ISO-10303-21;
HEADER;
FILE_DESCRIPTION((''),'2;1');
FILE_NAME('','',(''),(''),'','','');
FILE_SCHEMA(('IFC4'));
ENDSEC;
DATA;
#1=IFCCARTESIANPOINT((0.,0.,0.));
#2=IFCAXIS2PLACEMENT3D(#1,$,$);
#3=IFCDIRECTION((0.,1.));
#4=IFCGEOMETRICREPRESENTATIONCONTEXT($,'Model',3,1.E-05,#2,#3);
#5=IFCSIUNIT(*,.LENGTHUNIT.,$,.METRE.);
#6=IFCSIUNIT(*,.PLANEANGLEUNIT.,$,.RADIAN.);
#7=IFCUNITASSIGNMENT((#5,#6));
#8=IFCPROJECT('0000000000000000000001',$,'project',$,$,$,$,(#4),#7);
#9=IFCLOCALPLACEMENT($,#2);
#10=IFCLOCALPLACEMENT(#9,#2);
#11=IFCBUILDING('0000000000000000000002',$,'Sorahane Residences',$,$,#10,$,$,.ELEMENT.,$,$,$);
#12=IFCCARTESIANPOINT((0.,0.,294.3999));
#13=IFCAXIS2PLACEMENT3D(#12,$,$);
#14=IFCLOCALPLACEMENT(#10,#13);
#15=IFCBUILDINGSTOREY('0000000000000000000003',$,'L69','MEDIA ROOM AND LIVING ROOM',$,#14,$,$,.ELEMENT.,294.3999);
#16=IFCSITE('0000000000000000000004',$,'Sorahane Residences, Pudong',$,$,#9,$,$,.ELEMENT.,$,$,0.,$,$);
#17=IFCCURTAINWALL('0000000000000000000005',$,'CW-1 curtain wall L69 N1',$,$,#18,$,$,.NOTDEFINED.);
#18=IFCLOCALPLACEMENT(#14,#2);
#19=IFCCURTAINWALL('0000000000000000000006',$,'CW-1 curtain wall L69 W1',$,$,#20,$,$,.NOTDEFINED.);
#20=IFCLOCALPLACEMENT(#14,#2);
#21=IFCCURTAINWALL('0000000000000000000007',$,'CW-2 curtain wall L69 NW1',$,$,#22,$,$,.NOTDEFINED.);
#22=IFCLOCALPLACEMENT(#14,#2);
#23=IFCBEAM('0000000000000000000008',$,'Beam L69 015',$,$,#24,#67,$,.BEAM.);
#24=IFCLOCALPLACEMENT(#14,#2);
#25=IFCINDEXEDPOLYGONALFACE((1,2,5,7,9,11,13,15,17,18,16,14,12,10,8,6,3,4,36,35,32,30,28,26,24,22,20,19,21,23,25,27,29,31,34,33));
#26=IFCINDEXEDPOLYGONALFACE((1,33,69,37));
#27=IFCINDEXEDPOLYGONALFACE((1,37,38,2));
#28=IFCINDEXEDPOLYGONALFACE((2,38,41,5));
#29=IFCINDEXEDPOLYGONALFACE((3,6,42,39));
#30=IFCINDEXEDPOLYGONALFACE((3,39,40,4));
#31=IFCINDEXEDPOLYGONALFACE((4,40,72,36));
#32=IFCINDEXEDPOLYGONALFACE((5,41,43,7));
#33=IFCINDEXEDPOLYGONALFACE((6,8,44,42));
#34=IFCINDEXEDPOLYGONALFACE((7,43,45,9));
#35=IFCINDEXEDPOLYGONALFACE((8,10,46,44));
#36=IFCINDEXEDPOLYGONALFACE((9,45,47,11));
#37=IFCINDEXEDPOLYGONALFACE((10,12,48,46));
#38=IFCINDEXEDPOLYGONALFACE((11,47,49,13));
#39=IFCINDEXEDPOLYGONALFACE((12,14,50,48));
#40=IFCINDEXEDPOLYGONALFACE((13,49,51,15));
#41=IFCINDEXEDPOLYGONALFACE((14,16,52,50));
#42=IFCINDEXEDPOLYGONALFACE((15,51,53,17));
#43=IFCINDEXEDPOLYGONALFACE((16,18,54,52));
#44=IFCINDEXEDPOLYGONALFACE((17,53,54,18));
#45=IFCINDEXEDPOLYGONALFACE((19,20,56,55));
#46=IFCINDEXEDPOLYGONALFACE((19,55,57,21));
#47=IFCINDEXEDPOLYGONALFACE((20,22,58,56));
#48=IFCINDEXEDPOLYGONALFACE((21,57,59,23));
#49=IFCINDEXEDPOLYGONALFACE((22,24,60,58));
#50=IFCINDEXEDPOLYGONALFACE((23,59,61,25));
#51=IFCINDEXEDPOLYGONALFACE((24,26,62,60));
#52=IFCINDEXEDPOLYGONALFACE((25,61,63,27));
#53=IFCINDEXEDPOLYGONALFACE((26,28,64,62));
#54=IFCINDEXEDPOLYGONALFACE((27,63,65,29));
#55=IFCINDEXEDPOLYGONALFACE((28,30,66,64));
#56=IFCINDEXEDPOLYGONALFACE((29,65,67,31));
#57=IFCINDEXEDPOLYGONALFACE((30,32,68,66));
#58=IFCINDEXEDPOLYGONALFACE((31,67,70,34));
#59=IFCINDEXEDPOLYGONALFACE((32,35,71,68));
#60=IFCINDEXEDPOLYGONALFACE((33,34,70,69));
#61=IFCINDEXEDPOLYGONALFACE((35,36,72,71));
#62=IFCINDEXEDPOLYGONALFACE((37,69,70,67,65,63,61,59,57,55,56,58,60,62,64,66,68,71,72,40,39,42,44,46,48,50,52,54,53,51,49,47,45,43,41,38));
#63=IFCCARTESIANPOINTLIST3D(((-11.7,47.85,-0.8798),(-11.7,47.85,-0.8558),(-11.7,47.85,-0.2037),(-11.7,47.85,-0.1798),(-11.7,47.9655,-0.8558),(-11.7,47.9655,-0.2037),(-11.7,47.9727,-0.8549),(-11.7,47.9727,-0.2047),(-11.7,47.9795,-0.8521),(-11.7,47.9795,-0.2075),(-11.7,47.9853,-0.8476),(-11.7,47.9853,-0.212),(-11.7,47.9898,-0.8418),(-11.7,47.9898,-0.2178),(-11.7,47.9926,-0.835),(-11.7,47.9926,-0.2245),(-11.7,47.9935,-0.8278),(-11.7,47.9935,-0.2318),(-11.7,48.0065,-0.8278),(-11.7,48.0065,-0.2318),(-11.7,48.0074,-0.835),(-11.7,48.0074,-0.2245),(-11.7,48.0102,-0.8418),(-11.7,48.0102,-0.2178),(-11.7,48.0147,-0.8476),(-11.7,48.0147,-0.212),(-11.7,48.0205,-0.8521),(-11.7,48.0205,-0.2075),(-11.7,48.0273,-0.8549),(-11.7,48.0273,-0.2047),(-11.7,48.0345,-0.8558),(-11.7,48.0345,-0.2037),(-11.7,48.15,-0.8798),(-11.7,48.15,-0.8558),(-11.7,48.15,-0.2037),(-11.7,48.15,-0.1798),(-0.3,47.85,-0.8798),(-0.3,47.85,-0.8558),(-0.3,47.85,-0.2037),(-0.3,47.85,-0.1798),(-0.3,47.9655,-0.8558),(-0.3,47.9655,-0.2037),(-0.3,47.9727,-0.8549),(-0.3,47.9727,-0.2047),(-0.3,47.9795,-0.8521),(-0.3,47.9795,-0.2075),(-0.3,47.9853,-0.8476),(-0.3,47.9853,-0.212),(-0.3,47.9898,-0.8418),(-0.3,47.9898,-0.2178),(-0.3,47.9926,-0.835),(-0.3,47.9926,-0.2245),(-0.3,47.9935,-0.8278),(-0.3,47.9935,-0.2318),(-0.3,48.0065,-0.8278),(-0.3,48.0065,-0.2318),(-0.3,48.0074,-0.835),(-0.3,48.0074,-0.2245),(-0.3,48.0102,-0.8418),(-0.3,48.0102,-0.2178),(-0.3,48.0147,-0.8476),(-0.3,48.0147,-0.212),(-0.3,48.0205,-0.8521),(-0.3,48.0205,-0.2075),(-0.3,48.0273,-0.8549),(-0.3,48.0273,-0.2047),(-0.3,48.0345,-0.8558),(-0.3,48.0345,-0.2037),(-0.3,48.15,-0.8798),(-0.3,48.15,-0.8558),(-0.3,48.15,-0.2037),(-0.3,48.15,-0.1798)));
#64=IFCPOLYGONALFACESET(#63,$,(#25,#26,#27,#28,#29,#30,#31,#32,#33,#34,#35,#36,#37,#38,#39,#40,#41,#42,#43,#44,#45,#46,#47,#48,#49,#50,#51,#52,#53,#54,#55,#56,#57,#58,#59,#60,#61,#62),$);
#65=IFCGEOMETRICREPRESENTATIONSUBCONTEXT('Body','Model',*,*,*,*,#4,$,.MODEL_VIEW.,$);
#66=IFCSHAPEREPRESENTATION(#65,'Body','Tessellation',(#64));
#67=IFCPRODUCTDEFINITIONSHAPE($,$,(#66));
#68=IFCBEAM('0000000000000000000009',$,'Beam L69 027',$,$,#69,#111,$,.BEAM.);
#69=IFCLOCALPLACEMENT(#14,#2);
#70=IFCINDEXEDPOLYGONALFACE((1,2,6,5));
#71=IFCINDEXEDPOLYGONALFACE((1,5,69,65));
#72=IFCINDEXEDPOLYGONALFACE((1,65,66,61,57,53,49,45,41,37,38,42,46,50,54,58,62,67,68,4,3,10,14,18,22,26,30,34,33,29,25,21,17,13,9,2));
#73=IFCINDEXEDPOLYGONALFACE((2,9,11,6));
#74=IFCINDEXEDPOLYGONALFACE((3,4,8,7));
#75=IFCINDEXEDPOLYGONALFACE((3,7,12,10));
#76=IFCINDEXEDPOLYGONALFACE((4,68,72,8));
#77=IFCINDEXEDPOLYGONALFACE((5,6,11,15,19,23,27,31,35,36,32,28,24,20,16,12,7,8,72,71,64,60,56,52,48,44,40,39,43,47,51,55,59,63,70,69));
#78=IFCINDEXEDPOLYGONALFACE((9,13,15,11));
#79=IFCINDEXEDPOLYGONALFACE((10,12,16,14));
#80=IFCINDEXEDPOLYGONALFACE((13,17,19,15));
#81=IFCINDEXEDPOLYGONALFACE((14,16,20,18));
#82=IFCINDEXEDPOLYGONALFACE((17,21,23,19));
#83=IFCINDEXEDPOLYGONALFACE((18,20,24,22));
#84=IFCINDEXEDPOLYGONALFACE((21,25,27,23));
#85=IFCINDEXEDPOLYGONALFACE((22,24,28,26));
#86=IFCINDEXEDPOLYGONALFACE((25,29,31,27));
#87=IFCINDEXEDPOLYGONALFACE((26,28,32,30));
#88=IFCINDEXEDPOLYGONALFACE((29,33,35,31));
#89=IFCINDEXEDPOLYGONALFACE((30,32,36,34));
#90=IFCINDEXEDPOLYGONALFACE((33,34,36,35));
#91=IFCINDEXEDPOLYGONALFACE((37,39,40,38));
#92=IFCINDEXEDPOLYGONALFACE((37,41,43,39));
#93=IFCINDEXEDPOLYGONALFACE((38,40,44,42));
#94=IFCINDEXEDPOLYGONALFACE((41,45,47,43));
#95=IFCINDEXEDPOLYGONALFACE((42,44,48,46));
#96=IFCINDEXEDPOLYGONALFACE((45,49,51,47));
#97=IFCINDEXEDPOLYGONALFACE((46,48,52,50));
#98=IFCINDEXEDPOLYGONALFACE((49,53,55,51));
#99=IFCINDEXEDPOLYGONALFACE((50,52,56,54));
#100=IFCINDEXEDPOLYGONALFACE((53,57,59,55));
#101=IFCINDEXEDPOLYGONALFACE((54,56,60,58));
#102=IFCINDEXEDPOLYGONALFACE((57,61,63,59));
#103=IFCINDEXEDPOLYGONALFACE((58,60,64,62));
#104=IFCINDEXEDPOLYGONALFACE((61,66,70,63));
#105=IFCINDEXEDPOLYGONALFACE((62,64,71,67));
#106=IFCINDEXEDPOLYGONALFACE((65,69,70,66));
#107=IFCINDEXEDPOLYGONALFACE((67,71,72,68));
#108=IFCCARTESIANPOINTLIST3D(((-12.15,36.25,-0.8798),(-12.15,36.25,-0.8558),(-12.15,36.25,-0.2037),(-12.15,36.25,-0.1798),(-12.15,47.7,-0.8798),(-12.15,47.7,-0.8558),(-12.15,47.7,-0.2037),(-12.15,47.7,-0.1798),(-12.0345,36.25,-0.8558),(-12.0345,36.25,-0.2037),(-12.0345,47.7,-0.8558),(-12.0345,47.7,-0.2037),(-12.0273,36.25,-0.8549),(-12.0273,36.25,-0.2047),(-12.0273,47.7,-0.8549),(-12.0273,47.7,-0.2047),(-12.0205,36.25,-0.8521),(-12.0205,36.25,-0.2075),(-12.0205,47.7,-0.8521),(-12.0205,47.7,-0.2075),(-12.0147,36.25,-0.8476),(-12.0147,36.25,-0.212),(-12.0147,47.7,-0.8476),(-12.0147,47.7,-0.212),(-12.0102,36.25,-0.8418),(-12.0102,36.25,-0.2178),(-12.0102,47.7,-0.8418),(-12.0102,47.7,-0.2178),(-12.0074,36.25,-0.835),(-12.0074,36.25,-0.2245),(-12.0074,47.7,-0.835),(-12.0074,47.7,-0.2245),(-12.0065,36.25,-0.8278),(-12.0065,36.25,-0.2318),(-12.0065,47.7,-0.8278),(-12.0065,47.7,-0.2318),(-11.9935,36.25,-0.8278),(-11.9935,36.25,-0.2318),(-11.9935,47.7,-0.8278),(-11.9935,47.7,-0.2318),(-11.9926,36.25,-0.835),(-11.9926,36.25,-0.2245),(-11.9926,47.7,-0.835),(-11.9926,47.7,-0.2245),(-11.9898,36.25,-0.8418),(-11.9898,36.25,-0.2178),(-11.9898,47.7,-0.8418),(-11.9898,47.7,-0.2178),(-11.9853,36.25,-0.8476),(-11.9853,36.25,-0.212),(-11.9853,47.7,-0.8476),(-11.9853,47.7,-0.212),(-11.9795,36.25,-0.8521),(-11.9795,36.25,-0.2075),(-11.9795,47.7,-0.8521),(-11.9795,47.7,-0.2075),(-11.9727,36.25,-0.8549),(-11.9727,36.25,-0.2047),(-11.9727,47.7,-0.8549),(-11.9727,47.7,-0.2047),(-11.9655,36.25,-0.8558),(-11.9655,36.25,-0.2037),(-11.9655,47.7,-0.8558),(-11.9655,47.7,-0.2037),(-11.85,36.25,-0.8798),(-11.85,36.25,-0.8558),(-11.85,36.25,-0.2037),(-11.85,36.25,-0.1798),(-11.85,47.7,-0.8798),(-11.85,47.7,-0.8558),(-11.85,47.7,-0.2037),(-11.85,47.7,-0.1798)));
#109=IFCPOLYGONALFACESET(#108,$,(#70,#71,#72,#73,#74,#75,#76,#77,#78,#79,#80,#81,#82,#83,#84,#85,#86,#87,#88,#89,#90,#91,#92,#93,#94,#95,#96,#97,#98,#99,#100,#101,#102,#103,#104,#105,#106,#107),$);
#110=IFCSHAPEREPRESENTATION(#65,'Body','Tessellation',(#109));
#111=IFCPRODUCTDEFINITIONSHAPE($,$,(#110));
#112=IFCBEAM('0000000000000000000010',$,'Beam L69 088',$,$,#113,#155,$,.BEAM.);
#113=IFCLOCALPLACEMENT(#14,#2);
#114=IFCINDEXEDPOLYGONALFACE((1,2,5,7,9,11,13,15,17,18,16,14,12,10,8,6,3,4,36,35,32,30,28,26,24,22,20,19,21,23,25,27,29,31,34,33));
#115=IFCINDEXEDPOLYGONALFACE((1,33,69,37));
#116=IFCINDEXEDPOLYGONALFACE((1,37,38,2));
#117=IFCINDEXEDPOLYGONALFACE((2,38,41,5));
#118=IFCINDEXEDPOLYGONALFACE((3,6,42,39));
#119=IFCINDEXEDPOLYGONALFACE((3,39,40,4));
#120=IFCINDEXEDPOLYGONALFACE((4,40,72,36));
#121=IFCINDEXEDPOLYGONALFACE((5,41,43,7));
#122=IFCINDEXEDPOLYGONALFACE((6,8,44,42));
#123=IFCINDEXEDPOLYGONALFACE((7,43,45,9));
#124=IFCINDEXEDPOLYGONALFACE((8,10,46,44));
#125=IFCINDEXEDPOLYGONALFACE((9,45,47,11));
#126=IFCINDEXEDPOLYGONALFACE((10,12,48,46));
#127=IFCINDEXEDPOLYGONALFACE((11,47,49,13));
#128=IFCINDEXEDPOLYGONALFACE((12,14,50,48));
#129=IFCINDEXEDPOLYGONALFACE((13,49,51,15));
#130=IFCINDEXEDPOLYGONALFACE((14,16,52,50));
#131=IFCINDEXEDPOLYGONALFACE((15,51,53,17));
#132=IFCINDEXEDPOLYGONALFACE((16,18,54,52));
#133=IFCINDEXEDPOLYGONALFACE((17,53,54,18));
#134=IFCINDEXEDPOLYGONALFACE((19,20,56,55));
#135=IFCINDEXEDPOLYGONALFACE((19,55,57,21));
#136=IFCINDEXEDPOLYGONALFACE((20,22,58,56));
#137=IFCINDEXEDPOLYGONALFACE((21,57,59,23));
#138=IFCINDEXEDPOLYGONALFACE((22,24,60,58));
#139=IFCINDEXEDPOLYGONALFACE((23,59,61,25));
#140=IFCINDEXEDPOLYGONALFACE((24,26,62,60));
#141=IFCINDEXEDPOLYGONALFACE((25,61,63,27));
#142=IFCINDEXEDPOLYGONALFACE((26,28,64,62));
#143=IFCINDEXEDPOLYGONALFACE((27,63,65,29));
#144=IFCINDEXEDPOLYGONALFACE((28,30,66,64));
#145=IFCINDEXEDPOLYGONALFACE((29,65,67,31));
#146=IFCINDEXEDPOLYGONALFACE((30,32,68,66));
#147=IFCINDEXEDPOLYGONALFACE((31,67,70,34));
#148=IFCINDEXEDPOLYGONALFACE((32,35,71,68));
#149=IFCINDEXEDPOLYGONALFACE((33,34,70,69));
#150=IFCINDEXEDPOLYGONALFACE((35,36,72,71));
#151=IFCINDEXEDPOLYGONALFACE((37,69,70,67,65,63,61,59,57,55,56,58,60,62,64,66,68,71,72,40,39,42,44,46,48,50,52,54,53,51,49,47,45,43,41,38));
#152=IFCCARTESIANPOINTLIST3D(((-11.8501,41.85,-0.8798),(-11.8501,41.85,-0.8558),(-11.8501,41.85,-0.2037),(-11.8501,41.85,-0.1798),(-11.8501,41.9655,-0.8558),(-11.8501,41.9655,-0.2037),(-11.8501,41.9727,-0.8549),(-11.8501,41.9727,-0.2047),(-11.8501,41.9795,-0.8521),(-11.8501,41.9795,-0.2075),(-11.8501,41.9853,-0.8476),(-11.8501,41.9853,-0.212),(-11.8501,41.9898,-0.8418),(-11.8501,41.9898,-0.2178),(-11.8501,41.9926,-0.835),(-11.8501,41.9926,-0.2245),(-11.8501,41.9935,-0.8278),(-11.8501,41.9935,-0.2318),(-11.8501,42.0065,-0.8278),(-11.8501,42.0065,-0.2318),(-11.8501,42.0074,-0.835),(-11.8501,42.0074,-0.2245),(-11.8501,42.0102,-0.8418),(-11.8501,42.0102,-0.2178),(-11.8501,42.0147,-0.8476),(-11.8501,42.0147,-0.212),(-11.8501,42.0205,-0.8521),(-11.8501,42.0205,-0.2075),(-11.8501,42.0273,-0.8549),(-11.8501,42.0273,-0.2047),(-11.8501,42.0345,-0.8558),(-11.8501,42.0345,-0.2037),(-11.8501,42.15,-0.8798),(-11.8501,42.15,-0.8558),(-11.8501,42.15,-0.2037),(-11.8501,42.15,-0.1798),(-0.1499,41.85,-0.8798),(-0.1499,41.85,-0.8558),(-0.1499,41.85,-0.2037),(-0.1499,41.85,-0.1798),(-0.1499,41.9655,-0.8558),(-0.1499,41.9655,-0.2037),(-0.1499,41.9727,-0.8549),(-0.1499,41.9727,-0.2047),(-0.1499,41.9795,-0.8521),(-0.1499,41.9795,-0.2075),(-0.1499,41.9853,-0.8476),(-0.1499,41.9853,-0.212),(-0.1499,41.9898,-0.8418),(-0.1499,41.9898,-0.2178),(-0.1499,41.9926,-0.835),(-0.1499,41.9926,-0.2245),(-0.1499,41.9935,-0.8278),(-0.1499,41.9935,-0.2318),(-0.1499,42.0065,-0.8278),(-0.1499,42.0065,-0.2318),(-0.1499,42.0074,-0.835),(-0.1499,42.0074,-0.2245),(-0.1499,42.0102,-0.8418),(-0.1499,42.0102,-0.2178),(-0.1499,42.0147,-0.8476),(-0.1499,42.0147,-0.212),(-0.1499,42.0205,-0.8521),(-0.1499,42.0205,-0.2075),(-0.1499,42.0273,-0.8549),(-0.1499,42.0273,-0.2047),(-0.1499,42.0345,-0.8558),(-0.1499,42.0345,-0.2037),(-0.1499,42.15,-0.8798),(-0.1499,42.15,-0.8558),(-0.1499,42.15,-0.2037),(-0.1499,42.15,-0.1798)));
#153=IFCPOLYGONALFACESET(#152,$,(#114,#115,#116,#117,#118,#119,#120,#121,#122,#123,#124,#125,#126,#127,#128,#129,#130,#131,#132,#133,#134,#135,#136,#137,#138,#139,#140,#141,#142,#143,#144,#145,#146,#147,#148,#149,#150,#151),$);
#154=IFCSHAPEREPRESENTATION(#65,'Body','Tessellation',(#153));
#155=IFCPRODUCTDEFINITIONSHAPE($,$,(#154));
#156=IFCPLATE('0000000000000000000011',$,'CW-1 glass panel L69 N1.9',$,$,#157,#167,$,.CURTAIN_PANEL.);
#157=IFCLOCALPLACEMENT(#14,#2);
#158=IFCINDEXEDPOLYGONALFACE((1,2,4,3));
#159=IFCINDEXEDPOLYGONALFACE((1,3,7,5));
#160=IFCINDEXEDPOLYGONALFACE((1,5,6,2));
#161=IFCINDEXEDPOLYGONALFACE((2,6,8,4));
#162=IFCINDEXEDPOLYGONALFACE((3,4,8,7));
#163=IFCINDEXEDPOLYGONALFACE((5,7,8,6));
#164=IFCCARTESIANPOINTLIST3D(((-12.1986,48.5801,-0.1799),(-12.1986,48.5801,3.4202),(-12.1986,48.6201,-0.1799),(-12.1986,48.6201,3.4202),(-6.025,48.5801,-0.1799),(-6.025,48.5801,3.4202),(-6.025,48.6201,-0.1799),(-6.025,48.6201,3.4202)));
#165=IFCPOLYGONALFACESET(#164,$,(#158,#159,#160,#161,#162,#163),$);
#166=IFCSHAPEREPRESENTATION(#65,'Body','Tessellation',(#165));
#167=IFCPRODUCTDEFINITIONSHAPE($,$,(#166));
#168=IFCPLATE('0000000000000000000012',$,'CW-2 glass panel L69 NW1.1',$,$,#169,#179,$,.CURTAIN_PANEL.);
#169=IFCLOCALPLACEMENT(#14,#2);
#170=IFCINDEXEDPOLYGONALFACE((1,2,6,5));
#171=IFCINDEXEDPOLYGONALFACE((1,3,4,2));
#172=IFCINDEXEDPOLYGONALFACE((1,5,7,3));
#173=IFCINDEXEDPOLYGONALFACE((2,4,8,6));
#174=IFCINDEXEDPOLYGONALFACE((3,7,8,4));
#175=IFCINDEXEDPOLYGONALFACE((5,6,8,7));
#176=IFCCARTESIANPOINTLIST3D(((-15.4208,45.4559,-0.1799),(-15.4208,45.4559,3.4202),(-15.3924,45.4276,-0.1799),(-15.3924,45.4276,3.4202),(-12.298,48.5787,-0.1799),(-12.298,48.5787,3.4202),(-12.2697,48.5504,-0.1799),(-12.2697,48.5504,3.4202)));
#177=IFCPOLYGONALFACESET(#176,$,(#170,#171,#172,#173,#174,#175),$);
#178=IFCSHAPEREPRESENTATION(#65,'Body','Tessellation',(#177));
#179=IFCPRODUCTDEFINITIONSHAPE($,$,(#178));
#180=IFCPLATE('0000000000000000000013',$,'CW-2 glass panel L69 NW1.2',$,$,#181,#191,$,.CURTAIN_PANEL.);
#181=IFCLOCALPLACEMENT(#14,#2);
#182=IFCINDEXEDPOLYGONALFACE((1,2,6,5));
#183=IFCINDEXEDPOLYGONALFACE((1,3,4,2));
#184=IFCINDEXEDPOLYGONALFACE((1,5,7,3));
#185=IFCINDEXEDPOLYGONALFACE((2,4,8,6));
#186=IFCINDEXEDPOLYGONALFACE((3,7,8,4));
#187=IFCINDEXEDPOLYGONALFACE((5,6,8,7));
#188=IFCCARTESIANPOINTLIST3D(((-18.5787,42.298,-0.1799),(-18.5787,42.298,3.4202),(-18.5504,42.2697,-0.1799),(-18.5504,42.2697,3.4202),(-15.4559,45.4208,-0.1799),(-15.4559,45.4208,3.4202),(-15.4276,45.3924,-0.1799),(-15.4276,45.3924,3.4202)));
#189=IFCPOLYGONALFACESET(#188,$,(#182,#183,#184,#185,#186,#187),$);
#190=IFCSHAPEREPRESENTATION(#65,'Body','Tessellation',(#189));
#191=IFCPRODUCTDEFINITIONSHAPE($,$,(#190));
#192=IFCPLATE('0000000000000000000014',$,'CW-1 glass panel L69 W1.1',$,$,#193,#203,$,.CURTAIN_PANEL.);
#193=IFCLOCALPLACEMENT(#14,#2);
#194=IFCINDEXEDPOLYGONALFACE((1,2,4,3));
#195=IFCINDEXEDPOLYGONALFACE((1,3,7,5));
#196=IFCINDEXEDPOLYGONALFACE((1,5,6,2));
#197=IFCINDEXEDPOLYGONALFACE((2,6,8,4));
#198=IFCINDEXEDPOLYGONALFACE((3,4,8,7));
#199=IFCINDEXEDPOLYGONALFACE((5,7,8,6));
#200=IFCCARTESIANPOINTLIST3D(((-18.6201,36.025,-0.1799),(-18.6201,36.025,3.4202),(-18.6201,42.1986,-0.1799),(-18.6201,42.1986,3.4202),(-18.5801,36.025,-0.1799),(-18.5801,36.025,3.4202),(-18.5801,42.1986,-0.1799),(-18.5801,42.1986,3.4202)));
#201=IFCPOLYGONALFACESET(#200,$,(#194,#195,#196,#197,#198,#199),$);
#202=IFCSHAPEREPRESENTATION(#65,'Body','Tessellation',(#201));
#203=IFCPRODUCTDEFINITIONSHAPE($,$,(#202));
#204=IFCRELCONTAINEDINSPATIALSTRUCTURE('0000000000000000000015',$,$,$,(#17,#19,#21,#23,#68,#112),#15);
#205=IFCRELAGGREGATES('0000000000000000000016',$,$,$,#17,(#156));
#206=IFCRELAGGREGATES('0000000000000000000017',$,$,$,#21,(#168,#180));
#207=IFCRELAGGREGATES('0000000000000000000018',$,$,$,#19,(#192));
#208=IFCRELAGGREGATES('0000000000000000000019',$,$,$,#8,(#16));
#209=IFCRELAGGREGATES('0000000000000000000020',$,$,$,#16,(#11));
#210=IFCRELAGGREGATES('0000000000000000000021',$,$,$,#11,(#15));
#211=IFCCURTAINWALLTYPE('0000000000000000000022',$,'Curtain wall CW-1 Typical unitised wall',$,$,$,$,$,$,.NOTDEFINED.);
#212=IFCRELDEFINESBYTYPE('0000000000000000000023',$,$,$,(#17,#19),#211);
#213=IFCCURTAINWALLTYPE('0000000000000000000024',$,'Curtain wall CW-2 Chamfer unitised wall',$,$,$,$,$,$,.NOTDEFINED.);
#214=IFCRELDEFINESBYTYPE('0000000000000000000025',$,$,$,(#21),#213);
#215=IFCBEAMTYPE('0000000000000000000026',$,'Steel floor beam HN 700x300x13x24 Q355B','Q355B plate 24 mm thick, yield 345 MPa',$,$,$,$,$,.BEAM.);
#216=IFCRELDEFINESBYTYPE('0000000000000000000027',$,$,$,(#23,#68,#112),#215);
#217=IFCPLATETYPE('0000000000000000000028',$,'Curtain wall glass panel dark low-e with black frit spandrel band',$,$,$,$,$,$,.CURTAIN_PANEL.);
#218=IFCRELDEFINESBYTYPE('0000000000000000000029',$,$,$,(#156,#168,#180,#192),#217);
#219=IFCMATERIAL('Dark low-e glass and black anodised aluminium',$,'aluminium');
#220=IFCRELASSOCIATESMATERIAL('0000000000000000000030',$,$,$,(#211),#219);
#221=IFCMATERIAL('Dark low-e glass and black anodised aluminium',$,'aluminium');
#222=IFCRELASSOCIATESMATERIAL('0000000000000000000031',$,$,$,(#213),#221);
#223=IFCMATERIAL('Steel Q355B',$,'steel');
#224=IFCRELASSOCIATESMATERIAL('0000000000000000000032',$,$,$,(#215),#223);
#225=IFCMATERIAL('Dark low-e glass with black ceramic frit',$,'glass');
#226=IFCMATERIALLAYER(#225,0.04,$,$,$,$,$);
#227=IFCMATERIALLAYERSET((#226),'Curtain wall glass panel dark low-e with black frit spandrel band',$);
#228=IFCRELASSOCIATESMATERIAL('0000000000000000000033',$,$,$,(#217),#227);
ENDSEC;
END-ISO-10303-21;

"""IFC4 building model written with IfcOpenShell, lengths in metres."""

from ifc_helpers import new_model, si_unit, direction, frame, origin, origin_2d, place, context, subcontext, project, spatial, rectangle, i_section, extrude, material, layer, layer_set, material_profile, profile_set, type_object, element, aggregate, save


model = new_model("IFC4")

# Units and contexts
model_context = context("Model", 3, precision=1e-05, world=origin(), true_north=direction((0.0, 1.0)))
body_context = subcontext(model_context, "Body", "Model", "MODEL_VIEW")
ifc_project = project(units=[si_unit("LENGTHUNIT", "METRE"), si_unit("PLANEANGLEUNIT", "RADIAN")], contexts=[model_context])

# Site, building, storey
site_placement = place(None, origin())
site = spatial("IfcSite", under=ifc_project, at=site_placement, Name="Sorahane Residences, Pudong", CompositionType="ELEMENT", RefElevation=0.0)
building_placement = place(site_placement, origin())
building = spatial("IfcBuilding", under=site, at=building_placement, Name="Sorahane Residences", CompositionType="ELEMENT")
storey_placement = place(building_placement, frame((0.0, 0.0, 294.3999)))
storey = spatial("IfcBuildingStorey", under=building, at=storey_placement, Name="L69", Description="MEDIA ROOM AND LIVING ROOM", CompositionType="ELEMENT", Elevation=294.3999)

# Curtain walls
ifc_material_1 = material(Name="Dark low-e glass and black anodised aluminium", Category="aluminium")
curtain_wall_type_1 = type_object("IfcCurtainWallType", Name="Curtain wall CW-1 Typical unitised wall", PredefinedType="NOTDEFINED", material=ifc_material_1)
curtain_wall_1_placement = place(storey_placement, origin())
curtain_wall_1 = element("IfcCurtainWall", 1, at=curtain_wall_1_placement, inside=storey, type_object=curtain_wall_type_1, Name="CW-1 curtain wall L69 N1", PredefinedType="NOTDEFINED")
curtain_wall_2_placement = place(storey_placement, origin())
curtain_wall_2 = element("IfcCurtainWall", 2, at=curtain_wall_2_placement, inside=storey, type_object=curtain_wall_type_1, Name="CW-1 curtain wall L69 W1", PredefinedType="NOTDEFINED")

# Curtain wall
ifc_material_2 = material(Name="Dark low-e glass and black anodised aluminium", Category="aluminium")
curtain_wall_type_2 = type_object("IfcCurtainWallType", Name="Curtain wall CW-2 Chamfer unitised wall", PredefinedType="NOTDEFINED", material=ifc_material_2)
curtain_wall_3_placement = place(storey_placement, origin())
curtain_wall_3 = element("IfcCurtainWall", 3, at=curtain_wall_3_placement, inside=storey, type_object=curtain_wall_type_2, Name="CW-2 curtain wall L69 NW1", PredefinedType="NOTDEFINED")

# Beams
ifc_material_3 = material(Name="Steel Q355B", Category="steel")
ifc_material_profile_1 = material_profile(ifc_material_3, i_section(OverallWidth=0.3, OverallDepth=0.7, WebThickness=0.0129, FlangeThickness=0.0239, FilletRadius=0.0281, at=origin_2d()), Name="HN 700x300x13x24")
ifc_profile_set_1 = profile_set([ifc_material_profile_1], Name="Steel Q355B")
beam_type_1 = type_object("IfcBeamType", Name="Steel floor beam HN 700x300x13x24 Q355B", Description="Q355B plate 24 mm thick, yield 345 MPa", PredefinedType="BEAM", material=ifc_profile_set_1)
beam_1_placement = place(storey_placement, frame((-11.7, 48.0, -0.5298), z_axis=(1.0, 0.0, 0.0), x_axis=(0.0, 1.0, 0.0)))
element("IfcBeam", 4, at=beam_1_placement, inside=storey, type_object=beam_type_1, Name="Beam L69 015", PredefinedType="BEAM", context=body_context, shape_type="SweptSolid", body=[
    extrude(i_section(OverallWidth=0.3, OverallDepth=0.7, WebThickness=0.0129, FlangeThickness=0.0239, FilletRadius=0.0281, at=origin_2d()), origin(), (0.0, 0.0, 1.0), 11.3999),
])
beam_2_placement = place(storey_placement, frame((-12.0, 36.25, -0.5298), z_axis=(0.0, 1.0, 0.0), x_axis=(-1.0, 0.0, 0.0)))
element("IfcBeam", 5, at=beam_2_placement, inside=storey, type_object=beam_type_1, Name="Beam L69 027", PredefinedType="BEAM", context=body_context, shape_type="SweptSolid", body=[
    extrude(i_section(OverallWidth=0.3, OverallDepth=0.7, WebThickness=0.0129, FlangeThickness=0.0239, FilletRadius=0.0281, at=origin_2d()), origin(), (0.0, 0.0, 1.0), 11.45),
])
beam_3_placement = place(storey_placement, frame((-11.8501, 42.0, -0.5298), z_axis=(1.0, 0.0, 0.0), x_axis=(0.0, 1.0, 0.0)))
element("IfcBeam", 6, at=beam_3_placement, inside=storey, type_object=beam_type_1, Name="Beam L69 088", PredefinedType="BEAM", context=body_context, shape_type="SweptSolid", body=[
    extrude(i_section(OverallWidth=0.3, OverallDepth=0.7, WebThickness=0.0129, FlangeThickness=0.0239, FilletRadius=0.0281, at=origin_2d()), origin(), (0.0, 0.0, 1.0), 11.7002),
])

# Plates
ifc_material_4 = material(Name="Dark low-e glass with black ceramic frit", Category="glass")
ifc_layer_1 = layer(ifc_material_4, 0.04)
ifc_layer_set_1 = layer_set([ifc_layer_1], Name="Curtain wall glass panel dark low-e with black frit spandrel band")
plate_type = type_object("IfcPlateType", Name="Curtain wall glass panel dark low-e with black frit spandrel band", PredefinedType="CURTAIN_PANEL", material=ifc_layer_set_1)
plate_1_placement = place(storey_placement, frame((-9.1118, 48.6001, -0.1799), z_axis=(0.0, 0.0, 1.0), x_axis=(-1.0, 0.0, 0.0)))
plate_1 = element("IfcPlate", 7, at=plate_1_placement, type_object=plate_type, Name="CW-1 glass panel L69 N1.9", PredefinedType="CURTAIN_PANEL", context=body_context, shape_type="SweptSolid", body=[
    extrude(rectangle(XDim=6.1736, YDim=0.04, at=origin_2d()), origin(), (0.0, 0.0, 1.0), 3.6001),
])
aggregate(curtain_wall_1, [plate_1])
plate_2_placement = place(storey_placement, frame((-13.8452, 47.0032, -0.1799), z_axis=(0.0, 0.0, 1.0), x_axis=(-0.707107, -0.707107, 0.0)))
plate_2 = element("IfcPlate", 8, at=plate_2_placement, type_object=plate_type, Name="CW-2 glass panel L69 NW1.1", PredefinedType="CURTAIN_PANEL", context=body_context, shape_type="SweptSolid", body=[
    extrude(rectangle(XDim=4.4163, YDim=0.04, at=origin_2d()), origin(), (0.0, 0.0, 1.0), 3.6001),
])
plate_3_placement = place(storey_placement, frame((-17.0032, 43.8452, -0.1799), z_axis=(0.0, 0.0, 1.0), x_axis=(-0.707107, -0.707107, 0.0)))
plate_3 = element("IfcPlate", 9, at=plate_3_placement, type_object=plate_type, Name="CW-2 glass panel L69 NW1.2", PredefinedType="CURTAIN_PANEL", context=body_context, shape_type="SweptSolid", body=[
    extrude(rectangle(XDim=4.4163, YDim=0.04, at=origin_2d()), origin(), (0.0, 0.0, 1.0), 3.6001),
])
aggregate(curtain_wall_3, [plate_2, plate_3])
plate_4_placement = place(storey_placement, frame((-18.6001, 39.1118, -0.1799), z_axis=(0.0, 0.0, 1.0), x_axis=(0.0, -1.0, 0.0)))
plate_4 = element("IfcPlate", 10, at=plate_4_placement, type_object=plate_type, Name="CW-1 glass panel L69 W1.1", PredefinedType="CURTAIN_PANEL", context=body_context, shape_type="SweptSolid", body=[
    extrude(rectangle(XDim=6.1736, YDim=0.04, at=origin_2d()), origin(), (0.0, 0.0, 1.0), 3.6001),
])
aggregate(curtain_wall_2, [plate_4])

save(model, "model.ifc")
